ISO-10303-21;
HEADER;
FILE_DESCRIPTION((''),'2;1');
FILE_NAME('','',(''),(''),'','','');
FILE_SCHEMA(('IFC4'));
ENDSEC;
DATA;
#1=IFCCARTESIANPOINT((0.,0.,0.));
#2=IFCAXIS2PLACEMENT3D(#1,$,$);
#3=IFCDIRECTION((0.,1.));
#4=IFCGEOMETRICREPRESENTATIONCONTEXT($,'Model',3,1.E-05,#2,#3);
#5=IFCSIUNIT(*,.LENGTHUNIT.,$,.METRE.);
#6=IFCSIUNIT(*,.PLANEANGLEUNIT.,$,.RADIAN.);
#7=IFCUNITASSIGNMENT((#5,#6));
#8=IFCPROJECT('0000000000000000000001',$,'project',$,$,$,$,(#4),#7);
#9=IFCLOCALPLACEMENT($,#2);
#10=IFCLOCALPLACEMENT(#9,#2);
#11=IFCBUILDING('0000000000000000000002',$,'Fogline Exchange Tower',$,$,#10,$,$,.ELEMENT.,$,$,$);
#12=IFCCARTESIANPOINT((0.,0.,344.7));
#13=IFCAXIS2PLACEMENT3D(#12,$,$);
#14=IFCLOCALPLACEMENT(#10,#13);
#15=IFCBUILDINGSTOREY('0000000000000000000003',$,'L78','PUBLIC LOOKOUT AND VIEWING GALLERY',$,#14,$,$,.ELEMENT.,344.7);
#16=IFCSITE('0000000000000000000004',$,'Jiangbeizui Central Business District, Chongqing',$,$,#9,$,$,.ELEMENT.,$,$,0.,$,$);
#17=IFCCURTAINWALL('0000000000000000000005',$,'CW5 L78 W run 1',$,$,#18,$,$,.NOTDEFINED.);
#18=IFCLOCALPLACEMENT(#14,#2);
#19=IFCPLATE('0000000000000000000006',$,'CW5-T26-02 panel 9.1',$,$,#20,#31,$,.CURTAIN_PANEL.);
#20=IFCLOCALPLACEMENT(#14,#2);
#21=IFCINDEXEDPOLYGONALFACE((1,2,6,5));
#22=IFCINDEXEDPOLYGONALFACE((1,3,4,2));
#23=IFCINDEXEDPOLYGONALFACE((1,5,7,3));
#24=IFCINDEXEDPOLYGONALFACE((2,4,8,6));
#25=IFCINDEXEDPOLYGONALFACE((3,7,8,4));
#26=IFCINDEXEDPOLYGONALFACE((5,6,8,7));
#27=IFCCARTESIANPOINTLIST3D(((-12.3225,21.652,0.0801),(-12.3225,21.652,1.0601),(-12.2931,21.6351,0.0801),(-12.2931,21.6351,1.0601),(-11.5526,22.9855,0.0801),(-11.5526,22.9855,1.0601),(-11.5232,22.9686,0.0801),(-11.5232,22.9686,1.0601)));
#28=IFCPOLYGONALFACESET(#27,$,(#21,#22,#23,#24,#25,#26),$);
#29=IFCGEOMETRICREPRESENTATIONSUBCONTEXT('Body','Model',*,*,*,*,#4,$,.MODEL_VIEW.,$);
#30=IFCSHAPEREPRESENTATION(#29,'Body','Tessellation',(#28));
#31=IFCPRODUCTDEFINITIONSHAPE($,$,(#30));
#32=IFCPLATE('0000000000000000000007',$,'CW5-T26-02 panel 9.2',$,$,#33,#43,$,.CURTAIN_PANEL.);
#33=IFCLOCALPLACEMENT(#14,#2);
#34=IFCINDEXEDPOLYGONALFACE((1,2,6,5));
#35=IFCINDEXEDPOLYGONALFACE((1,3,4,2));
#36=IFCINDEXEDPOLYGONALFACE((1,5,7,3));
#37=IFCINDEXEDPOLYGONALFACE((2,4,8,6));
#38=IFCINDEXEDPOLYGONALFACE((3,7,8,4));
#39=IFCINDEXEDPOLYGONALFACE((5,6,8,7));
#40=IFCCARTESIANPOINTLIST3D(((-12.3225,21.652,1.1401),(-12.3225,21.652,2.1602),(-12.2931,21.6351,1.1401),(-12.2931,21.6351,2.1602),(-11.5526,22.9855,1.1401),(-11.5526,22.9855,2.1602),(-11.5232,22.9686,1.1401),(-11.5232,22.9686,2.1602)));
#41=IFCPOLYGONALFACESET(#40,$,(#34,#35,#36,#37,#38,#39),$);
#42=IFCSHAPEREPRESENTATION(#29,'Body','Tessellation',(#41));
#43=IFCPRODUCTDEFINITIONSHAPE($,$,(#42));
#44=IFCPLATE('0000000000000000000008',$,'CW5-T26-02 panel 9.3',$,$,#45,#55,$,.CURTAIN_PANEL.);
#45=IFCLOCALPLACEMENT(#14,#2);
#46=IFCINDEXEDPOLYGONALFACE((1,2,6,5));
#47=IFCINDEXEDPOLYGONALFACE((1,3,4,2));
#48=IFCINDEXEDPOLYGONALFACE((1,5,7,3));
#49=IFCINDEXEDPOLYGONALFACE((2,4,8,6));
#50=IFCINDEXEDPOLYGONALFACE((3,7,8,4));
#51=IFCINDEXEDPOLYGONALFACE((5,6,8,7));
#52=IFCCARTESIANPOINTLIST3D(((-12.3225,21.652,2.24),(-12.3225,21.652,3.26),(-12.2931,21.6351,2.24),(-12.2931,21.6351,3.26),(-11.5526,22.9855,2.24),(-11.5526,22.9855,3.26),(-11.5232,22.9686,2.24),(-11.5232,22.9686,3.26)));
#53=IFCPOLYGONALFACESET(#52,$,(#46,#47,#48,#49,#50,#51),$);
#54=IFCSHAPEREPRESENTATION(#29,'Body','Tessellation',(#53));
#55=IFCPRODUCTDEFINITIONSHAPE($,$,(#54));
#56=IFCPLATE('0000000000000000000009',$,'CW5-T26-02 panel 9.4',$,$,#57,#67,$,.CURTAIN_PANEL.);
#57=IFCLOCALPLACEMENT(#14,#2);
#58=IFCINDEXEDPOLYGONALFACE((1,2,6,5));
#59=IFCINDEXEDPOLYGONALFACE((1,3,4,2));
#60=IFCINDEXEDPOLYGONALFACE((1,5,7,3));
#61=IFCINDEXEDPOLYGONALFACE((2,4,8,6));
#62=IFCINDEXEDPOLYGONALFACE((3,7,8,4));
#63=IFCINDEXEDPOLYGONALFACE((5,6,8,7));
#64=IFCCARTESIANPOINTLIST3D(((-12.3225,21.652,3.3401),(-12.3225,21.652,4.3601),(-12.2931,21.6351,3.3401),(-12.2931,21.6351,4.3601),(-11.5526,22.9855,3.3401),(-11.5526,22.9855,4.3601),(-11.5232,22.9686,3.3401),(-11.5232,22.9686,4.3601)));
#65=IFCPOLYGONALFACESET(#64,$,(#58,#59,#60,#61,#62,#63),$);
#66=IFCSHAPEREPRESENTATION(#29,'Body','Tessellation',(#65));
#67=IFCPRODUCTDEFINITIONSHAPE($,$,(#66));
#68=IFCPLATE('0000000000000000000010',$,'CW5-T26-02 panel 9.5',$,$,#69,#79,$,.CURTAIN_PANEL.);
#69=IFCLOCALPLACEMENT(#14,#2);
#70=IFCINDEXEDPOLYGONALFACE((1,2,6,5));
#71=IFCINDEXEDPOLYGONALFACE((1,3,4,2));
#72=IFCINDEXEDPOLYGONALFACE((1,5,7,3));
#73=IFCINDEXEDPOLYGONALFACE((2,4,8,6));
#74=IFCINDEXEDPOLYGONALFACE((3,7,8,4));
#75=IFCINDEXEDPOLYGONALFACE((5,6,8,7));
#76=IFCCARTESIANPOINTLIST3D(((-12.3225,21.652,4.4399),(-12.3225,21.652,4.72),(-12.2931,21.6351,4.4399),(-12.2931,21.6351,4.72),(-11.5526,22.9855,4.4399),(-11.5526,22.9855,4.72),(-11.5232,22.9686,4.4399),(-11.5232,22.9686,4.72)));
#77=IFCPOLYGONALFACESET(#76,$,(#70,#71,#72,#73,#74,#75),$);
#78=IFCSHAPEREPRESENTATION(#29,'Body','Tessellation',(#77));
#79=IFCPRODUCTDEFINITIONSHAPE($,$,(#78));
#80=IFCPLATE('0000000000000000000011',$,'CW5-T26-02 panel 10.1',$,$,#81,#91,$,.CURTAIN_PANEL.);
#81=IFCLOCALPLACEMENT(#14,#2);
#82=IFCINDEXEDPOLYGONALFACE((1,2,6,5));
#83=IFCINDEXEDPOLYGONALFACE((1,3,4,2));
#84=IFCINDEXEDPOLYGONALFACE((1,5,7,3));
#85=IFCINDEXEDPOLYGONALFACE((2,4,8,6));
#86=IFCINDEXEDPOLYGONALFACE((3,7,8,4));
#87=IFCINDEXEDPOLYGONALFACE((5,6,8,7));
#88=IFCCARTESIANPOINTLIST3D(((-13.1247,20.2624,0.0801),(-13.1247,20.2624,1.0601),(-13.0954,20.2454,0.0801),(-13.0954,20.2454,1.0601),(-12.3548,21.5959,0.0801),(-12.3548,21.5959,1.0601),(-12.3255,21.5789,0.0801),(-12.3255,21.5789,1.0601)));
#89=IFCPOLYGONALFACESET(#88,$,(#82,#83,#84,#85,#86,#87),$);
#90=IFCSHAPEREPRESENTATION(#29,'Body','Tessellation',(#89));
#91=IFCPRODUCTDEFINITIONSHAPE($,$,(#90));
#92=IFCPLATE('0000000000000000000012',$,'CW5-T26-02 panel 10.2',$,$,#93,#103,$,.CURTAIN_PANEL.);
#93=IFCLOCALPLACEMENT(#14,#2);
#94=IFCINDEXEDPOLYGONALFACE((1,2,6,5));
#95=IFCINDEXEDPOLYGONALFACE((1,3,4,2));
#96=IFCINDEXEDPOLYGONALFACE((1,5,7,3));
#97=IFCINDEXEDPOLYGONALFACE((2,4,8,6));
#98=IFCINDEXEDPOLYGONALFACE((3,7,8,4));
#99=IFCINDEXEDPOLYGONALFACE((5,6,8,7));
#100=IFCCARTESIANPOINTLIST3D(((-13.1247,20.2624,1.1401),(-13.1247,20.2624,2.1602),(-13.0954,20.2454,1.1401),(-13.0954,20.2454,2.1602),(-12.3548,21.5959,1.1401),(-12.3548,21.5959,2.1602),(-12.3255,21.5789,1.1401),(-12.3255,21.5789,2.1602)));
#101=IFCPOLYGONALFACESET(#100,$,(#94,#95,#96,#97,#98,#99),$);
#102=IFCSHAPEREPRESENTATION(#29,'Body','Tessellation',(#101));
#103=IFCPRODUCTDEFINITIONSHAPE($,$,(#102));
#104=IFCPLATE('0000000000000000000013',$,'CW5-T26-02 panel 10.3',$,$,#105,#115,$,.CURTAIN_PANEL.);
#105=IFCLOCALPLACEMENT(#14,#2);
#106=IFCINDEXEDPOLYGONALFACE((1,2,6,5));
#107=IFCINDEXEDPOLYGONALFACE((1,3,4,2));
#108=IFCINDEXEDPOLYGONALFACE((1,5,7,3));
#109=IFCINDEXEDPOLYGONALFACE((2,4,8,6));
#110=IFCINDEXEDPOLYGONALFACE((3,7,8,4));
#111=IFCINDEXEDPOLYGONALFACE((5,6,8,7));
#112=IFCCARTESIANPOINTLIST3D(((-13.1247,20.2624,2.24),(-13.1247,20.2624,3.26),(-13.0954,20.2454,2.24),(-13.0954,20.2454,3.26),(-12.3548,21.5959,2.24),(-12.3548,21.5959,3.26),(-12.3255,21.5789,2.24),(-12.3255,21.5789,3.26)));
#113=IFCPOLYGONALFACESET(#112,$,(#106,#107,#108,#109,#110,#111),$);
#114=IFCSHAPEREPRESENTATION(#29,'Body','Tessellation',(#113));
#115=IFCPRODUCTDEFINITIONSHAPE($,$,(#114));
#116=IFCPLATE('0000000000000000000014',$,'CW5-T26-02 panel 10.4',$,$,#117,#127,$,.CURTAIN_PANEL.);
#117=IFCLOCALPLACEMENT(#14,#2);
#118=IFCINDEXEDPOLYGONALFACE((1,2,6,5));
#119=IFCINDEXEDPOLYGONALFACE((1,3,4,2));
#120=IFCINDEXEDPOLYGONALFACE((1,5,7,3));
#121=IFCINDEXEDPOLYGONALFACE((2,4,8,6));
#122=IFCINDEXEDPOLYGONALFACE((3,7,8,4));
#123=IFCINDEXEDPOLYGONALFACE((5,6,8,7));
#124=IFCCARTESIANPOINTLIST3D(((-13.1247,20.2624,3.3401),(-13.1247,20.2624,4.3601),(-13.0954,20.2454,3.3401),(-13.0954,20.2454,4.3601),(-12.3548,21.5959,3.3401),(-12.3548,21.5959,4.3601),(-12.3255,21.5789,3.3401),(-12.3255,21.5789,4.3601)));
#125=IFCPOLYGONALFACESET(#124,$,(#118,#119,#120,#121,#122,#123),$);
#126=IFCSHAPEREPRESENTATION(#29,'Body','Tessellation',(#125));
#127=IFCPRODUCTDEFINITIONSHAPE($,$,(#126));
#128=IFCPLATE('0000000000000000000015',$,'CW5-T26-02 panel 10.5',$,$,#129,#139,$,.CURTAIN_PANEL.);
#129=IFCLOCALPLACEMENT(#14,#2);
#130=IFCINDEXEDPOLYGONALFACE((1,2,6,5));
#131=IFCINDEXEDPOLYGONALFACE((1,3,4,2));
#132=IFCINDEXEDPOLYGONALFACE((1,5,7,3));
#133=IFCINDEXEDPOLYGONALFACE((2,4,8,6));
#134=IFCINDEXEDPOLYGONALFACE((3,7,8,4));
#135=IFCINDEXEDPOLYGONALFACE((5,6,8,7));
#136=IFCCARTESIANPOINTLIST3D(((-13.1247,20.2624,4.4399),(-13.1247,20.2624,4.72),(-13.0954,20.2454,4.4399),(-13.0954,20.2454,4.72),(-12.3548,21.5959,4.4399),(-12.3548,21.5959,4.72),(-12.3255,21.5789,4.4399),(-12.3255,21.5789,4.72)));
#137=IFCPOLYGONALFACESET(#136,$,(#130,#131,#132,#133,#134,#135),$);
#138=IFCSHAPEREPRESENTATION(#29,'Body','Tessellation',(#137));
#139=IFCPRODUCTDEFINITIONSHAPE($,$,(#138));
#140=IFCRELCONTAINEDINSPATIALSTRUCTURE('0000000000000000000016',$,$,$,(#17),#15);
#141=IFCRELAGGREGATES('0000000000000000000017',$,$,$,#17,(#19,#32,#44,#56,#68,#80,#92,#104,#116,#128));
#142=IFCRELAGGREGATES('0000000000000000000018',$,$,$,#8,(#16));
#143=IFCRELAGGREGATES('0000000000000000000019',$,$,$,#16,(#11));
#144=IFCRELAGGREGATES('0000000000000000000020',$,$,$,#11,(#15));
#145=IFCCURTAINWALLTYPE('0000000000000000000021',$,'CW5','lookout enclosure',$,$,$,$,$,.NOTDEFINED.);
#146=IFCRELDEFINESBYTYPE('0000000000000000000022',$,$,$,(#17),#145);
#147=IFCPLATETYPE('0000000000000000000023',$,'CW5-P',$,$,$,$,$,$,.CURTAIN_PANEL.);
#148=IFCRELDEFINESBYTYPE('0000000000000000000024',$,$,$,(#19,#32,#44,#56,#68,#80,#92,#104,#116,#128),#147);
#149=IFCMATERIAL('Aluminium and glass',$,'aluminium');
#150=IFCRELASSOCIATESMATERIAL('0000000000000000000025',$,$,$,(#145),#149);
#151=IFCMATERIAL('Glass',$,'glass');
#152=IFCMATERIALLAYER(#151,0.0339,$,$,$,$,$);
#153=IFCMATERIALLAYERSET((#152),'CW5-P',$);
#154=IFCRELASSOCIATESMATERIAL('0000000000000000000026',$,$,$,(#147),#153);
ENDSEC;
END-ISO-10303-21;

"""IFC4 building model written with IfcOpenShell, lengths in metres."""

from ifc_helpers import new_model, si_unit, direction, frame, origin, origin_2d, place, context, subcontext, project, spatial, rectangle, extrude, material, layer, layer_set, type_object, element, aggregate, save


model = new_model("IFC4")

# Units and contexts
model_context = context("Model", 3, precision=1e-05, world=origin(), true_north=direction((0.0, 1.0)))
body_context = subcontext(model_context, "Body", "Model", "MODEL_VIEW")
ifc_project = project(units=[si_unit("LENGTHUNIT", "METRE"), si_unit("PLANEANGLEUNIT", "RADIAN")], contexts=[model_context])

# Site, building, storey
site_placement = place(None, origin())
site = spatial("IfcSite", under=ifc_project, at=site_placement, Name="Jiangbeizui Central Business District, Chongqing", CompositionType="ELEMENT", RefElevation=0.0)
building_placement = place(site_placement, origin())
building = spatial("IfcBuilding", under=site, at=building_placement, Name="Fogline Exchange Tower", CompositionType="ELEMENT")
storey_placement = place(building_placement, frame((0.0, 0.0, 344.7)))
storey = spatial("IfcBuildingStorey", under=building, at=storey_placement, Name="L78", Description="PUBLIC LOOKOUT AND VIEWING GALLERY", CompositionType="ELEMENT", Elevation=344.7)

# Curtain wall, plates
ifc_material_1 = material(Name="Aluminium and glass", Category="aluminium")
curtain_wall_type = type_object("IfcCurtainWallType", Name="CW5", Description="lookout enclosure", PredefinedType="NOTDEFINED", material=ifc_material_1)
curtain_wall_placement = place(storey_placement, origin())
curtain_wall = element("IfcCurtainWall", 1, at=curtain_wall_placement, inside=storey, type_object=curtain_wall_type, Name="CW5 L78 W run 1", PredefinedType="NOTDEFINED")
ifc_material_2 = material(Name="Glass", Category="glass")
ifc_layer = layer(ifc_material_2, 0.0339)
ifc_layer_set = layer_set([ifc_layer], Name="CW5-P")
plate_type = type_object("IfcPlateType", Name="CW5-P", PredefinedType="CURTAIN_PANEL", material=ifc_layer_set)
plate_1_placement = place(storey_placement, frame((-11.9229, 22.3103, 0.0801), z_axis=(0.0, 0.0, 1.0), x_axis=(-0.5, -0.866025, 0.0)))
plate_1 = element("IfcPlate", 2, at=plate_1_placement, type_object=plate_type, Name="CW5-T26-02 panel 9.1", PredefinedType="CURTAIN_PANEL", context=body_context, shape_type="SweptSolid", body=[
    extrude(rectangle(XDim=1.5398, YDim=0.0339, at=origin_2d()), origin(), (0.0, 0.0, 1.0), 0.98),
])
plate_2_placement = place(storey_placement, frame((-11.9229, 22.3103, 1.1401), z_axis=(0.0, 0.0, 1.0), x_axis=(-0.5, -0.866025, 0.0)))
plate_2 = element("IfcPlate", 3, at=plate_2_placement, type_object=plate_type, Name="CW5-T26-02 panel 9.2", PredefinedType="CURTAIN_PANEL", context=body_context, shape_type="SweptSolid", body=[
    extrude(rectangle(XDim=1.5398, YDim=0.0339, at=origin_2d()), origin(), (0.0, 0.0, 1.0), 1.02),
])
plate_3_placement = place(storey_placement, frame((-11.9229, 22.3103, 2.24), z_axis=(0.0, 0.0, 1.0), x_axis=(-0.5, -0.866025, 0.0)))
plate_3 = element("IfcPlate", 4, at=plate_3_placement, type_object=plate_type, Name="CW5-T26-02 panel 9.3", PredefinedType="CURTAIN_PANEL", context=body_context, shape_type="SweptSolid", body=[
    extrude(rectangle(XDim=1.5398, YDim=0.0339, at=origin_2d()), origin(), (0.0, 0.0, 1.0), 1.02),
])
plate_4_placement = place(storey_placement, frame((-11.9229, 22.3103, 3.3401), z_axis=(0.0, 0.0, 1.0), x_axis=(-0.5, -0.866025, 0.0)))
plate_4 = element("IfcPlate", 5, at=plate_4_placement, type_object=plate_type, Name="CW5-T26-02 panel 9.4", PredefinedType="CURTAIN_PANEL", context=body_context, shape_type="SweptSolid", body=[
    extrude(rectangle(XDim=1.5398, YDim=0.0339, at=origin_2d()), origin(), (0.0, 0.0, 1.0), 1.02),
])
plate_5_placement = place(storey_placement, frame((-11.9229, 22.3103, 4.4399), z_axis=(0.0, 0.0, 1.0), x_axis=(-0.5, -0.866025, 0.0)))
plate_5 = element("IfcPlate", 6, at=plate_5_placement, type_object=plate_type, Name="CW5-T26-02 panel 9.5", PredefinedType="CURTAIN_PANEL", context=body_context, shape_type="SweptSolid", body=[
    extrude(rectangle(XDim=1.5398, YDim=0.0339, at=origin_2d()), origin(), (0.0, 0.0, 1.0), 0.28),
])
plate_6_placement = place(storey_placement, frame((-12.7251, 20.9207, 0.0801), z_axis=(0.0, 0.0, 1.0), x_axis=(-0.5, -0.866025, 0.0)))
plate_6 = element("IfcPlate", 7, at=plate_6_placement, type_object=plate_type, Name="CW5-T26-02 panel 10.1", PredefinedType="CURTAIN_PANEL", context=body_context, shape_type="SweptSolid", body=[
    extrude(rectangle(XDim=1.5398, YDim=0.0339, at=origin_2d()), origin(), (0.0, 0.0, 1.0), 0.98),
])
plate_7_placement = place(storey_placement, frame((-12.7251, 20.9207, 1.1401), z_axis=(0.0, 0.0, 1.0), x_axis=(-0.5, -0.866025, 0.0)))
plate_7 = element("IfcPlate", 8, at=plate_7_placement, type_object=plate_type, Name="CW5-T26-02 panel 10.2", PredefinedType="CURTAIN_PANEL", context=body_context, shape_type="SweptSolid", body=[
    extrude(rectangle(XDim=1.5398, YDim=0.0339, at=origin_2d()), origin(), (0.0, 0.0, 1.0), 1.02),
])
plate_8_placement = place(storey_placement, frame((-12.7251, 20.9207, 2.24), z_axis=(0.0, 0.0, 1.0), x_axis=(-0.5, -0.866025, 0.0)))
plate_8 = element("IfcPlate", 9, at=plate_8_placement, type_object=plate_type, Name="CW5-T26-02 panel 10.3", PredefinedType="CURTAIN_PANEL", context=body_context, shape_type="SweptSolid", body=[
    extrude(rectangle(XDim=1.5398, YDim=0.0339, at=origin_2d()), origin(), (0.0, 0.0, 1.0), 1.02),
])
plate_9_placement = place(storey_placement, frame((-12.7251, 20.9207, 3.3401), z_axis=(0.0, 0.0, 1.0), x_axis=(-0.5, -0.866025, 0.0)))
plate_9 = element("IfcPlate", 10, at=plate_9_placement, type_object=plate_type, Name="CW5-T26-02 panel 10.4", PredefinedType="CURTAIN_PANEL", context=body_context, shape_type="SweptSolid", body=[
    extrude(rectangle(XDim=1.5398, YDim=0.0339, at=origin_2d()), origin(), (0.0, 0.0, 1.0), 1.02),
])
plate_10_placement = place(storey_placement, frame((-12.7251, 20.9207, 4.4399), z_axis=(0.0, 0.0, 1.0), x_axis=(-0.5, -0.866025, 0.0)))
plate_10 = element("IfcPlate", 11, at=plate_10_placement, type_object=plate_type, Name="CW5-T26-02 panel 10.5", PredefinedType="CURTAIN_PANEL", context=body_context, shape_type="SweptSolid", body=[
    extrude(rectangle(XDim=1.5398, YDim=0.0339, at=origin_2d()), origin(), (0.0, 0.0, 1.0), 0.28),
])
aggregate(curtain_wall, [plate_1, plate_2, plate_3, plate_4, plate_5, plate_6, plate_7, plate_8, plate_9, plate_10])

save(model, "model.ifc")
